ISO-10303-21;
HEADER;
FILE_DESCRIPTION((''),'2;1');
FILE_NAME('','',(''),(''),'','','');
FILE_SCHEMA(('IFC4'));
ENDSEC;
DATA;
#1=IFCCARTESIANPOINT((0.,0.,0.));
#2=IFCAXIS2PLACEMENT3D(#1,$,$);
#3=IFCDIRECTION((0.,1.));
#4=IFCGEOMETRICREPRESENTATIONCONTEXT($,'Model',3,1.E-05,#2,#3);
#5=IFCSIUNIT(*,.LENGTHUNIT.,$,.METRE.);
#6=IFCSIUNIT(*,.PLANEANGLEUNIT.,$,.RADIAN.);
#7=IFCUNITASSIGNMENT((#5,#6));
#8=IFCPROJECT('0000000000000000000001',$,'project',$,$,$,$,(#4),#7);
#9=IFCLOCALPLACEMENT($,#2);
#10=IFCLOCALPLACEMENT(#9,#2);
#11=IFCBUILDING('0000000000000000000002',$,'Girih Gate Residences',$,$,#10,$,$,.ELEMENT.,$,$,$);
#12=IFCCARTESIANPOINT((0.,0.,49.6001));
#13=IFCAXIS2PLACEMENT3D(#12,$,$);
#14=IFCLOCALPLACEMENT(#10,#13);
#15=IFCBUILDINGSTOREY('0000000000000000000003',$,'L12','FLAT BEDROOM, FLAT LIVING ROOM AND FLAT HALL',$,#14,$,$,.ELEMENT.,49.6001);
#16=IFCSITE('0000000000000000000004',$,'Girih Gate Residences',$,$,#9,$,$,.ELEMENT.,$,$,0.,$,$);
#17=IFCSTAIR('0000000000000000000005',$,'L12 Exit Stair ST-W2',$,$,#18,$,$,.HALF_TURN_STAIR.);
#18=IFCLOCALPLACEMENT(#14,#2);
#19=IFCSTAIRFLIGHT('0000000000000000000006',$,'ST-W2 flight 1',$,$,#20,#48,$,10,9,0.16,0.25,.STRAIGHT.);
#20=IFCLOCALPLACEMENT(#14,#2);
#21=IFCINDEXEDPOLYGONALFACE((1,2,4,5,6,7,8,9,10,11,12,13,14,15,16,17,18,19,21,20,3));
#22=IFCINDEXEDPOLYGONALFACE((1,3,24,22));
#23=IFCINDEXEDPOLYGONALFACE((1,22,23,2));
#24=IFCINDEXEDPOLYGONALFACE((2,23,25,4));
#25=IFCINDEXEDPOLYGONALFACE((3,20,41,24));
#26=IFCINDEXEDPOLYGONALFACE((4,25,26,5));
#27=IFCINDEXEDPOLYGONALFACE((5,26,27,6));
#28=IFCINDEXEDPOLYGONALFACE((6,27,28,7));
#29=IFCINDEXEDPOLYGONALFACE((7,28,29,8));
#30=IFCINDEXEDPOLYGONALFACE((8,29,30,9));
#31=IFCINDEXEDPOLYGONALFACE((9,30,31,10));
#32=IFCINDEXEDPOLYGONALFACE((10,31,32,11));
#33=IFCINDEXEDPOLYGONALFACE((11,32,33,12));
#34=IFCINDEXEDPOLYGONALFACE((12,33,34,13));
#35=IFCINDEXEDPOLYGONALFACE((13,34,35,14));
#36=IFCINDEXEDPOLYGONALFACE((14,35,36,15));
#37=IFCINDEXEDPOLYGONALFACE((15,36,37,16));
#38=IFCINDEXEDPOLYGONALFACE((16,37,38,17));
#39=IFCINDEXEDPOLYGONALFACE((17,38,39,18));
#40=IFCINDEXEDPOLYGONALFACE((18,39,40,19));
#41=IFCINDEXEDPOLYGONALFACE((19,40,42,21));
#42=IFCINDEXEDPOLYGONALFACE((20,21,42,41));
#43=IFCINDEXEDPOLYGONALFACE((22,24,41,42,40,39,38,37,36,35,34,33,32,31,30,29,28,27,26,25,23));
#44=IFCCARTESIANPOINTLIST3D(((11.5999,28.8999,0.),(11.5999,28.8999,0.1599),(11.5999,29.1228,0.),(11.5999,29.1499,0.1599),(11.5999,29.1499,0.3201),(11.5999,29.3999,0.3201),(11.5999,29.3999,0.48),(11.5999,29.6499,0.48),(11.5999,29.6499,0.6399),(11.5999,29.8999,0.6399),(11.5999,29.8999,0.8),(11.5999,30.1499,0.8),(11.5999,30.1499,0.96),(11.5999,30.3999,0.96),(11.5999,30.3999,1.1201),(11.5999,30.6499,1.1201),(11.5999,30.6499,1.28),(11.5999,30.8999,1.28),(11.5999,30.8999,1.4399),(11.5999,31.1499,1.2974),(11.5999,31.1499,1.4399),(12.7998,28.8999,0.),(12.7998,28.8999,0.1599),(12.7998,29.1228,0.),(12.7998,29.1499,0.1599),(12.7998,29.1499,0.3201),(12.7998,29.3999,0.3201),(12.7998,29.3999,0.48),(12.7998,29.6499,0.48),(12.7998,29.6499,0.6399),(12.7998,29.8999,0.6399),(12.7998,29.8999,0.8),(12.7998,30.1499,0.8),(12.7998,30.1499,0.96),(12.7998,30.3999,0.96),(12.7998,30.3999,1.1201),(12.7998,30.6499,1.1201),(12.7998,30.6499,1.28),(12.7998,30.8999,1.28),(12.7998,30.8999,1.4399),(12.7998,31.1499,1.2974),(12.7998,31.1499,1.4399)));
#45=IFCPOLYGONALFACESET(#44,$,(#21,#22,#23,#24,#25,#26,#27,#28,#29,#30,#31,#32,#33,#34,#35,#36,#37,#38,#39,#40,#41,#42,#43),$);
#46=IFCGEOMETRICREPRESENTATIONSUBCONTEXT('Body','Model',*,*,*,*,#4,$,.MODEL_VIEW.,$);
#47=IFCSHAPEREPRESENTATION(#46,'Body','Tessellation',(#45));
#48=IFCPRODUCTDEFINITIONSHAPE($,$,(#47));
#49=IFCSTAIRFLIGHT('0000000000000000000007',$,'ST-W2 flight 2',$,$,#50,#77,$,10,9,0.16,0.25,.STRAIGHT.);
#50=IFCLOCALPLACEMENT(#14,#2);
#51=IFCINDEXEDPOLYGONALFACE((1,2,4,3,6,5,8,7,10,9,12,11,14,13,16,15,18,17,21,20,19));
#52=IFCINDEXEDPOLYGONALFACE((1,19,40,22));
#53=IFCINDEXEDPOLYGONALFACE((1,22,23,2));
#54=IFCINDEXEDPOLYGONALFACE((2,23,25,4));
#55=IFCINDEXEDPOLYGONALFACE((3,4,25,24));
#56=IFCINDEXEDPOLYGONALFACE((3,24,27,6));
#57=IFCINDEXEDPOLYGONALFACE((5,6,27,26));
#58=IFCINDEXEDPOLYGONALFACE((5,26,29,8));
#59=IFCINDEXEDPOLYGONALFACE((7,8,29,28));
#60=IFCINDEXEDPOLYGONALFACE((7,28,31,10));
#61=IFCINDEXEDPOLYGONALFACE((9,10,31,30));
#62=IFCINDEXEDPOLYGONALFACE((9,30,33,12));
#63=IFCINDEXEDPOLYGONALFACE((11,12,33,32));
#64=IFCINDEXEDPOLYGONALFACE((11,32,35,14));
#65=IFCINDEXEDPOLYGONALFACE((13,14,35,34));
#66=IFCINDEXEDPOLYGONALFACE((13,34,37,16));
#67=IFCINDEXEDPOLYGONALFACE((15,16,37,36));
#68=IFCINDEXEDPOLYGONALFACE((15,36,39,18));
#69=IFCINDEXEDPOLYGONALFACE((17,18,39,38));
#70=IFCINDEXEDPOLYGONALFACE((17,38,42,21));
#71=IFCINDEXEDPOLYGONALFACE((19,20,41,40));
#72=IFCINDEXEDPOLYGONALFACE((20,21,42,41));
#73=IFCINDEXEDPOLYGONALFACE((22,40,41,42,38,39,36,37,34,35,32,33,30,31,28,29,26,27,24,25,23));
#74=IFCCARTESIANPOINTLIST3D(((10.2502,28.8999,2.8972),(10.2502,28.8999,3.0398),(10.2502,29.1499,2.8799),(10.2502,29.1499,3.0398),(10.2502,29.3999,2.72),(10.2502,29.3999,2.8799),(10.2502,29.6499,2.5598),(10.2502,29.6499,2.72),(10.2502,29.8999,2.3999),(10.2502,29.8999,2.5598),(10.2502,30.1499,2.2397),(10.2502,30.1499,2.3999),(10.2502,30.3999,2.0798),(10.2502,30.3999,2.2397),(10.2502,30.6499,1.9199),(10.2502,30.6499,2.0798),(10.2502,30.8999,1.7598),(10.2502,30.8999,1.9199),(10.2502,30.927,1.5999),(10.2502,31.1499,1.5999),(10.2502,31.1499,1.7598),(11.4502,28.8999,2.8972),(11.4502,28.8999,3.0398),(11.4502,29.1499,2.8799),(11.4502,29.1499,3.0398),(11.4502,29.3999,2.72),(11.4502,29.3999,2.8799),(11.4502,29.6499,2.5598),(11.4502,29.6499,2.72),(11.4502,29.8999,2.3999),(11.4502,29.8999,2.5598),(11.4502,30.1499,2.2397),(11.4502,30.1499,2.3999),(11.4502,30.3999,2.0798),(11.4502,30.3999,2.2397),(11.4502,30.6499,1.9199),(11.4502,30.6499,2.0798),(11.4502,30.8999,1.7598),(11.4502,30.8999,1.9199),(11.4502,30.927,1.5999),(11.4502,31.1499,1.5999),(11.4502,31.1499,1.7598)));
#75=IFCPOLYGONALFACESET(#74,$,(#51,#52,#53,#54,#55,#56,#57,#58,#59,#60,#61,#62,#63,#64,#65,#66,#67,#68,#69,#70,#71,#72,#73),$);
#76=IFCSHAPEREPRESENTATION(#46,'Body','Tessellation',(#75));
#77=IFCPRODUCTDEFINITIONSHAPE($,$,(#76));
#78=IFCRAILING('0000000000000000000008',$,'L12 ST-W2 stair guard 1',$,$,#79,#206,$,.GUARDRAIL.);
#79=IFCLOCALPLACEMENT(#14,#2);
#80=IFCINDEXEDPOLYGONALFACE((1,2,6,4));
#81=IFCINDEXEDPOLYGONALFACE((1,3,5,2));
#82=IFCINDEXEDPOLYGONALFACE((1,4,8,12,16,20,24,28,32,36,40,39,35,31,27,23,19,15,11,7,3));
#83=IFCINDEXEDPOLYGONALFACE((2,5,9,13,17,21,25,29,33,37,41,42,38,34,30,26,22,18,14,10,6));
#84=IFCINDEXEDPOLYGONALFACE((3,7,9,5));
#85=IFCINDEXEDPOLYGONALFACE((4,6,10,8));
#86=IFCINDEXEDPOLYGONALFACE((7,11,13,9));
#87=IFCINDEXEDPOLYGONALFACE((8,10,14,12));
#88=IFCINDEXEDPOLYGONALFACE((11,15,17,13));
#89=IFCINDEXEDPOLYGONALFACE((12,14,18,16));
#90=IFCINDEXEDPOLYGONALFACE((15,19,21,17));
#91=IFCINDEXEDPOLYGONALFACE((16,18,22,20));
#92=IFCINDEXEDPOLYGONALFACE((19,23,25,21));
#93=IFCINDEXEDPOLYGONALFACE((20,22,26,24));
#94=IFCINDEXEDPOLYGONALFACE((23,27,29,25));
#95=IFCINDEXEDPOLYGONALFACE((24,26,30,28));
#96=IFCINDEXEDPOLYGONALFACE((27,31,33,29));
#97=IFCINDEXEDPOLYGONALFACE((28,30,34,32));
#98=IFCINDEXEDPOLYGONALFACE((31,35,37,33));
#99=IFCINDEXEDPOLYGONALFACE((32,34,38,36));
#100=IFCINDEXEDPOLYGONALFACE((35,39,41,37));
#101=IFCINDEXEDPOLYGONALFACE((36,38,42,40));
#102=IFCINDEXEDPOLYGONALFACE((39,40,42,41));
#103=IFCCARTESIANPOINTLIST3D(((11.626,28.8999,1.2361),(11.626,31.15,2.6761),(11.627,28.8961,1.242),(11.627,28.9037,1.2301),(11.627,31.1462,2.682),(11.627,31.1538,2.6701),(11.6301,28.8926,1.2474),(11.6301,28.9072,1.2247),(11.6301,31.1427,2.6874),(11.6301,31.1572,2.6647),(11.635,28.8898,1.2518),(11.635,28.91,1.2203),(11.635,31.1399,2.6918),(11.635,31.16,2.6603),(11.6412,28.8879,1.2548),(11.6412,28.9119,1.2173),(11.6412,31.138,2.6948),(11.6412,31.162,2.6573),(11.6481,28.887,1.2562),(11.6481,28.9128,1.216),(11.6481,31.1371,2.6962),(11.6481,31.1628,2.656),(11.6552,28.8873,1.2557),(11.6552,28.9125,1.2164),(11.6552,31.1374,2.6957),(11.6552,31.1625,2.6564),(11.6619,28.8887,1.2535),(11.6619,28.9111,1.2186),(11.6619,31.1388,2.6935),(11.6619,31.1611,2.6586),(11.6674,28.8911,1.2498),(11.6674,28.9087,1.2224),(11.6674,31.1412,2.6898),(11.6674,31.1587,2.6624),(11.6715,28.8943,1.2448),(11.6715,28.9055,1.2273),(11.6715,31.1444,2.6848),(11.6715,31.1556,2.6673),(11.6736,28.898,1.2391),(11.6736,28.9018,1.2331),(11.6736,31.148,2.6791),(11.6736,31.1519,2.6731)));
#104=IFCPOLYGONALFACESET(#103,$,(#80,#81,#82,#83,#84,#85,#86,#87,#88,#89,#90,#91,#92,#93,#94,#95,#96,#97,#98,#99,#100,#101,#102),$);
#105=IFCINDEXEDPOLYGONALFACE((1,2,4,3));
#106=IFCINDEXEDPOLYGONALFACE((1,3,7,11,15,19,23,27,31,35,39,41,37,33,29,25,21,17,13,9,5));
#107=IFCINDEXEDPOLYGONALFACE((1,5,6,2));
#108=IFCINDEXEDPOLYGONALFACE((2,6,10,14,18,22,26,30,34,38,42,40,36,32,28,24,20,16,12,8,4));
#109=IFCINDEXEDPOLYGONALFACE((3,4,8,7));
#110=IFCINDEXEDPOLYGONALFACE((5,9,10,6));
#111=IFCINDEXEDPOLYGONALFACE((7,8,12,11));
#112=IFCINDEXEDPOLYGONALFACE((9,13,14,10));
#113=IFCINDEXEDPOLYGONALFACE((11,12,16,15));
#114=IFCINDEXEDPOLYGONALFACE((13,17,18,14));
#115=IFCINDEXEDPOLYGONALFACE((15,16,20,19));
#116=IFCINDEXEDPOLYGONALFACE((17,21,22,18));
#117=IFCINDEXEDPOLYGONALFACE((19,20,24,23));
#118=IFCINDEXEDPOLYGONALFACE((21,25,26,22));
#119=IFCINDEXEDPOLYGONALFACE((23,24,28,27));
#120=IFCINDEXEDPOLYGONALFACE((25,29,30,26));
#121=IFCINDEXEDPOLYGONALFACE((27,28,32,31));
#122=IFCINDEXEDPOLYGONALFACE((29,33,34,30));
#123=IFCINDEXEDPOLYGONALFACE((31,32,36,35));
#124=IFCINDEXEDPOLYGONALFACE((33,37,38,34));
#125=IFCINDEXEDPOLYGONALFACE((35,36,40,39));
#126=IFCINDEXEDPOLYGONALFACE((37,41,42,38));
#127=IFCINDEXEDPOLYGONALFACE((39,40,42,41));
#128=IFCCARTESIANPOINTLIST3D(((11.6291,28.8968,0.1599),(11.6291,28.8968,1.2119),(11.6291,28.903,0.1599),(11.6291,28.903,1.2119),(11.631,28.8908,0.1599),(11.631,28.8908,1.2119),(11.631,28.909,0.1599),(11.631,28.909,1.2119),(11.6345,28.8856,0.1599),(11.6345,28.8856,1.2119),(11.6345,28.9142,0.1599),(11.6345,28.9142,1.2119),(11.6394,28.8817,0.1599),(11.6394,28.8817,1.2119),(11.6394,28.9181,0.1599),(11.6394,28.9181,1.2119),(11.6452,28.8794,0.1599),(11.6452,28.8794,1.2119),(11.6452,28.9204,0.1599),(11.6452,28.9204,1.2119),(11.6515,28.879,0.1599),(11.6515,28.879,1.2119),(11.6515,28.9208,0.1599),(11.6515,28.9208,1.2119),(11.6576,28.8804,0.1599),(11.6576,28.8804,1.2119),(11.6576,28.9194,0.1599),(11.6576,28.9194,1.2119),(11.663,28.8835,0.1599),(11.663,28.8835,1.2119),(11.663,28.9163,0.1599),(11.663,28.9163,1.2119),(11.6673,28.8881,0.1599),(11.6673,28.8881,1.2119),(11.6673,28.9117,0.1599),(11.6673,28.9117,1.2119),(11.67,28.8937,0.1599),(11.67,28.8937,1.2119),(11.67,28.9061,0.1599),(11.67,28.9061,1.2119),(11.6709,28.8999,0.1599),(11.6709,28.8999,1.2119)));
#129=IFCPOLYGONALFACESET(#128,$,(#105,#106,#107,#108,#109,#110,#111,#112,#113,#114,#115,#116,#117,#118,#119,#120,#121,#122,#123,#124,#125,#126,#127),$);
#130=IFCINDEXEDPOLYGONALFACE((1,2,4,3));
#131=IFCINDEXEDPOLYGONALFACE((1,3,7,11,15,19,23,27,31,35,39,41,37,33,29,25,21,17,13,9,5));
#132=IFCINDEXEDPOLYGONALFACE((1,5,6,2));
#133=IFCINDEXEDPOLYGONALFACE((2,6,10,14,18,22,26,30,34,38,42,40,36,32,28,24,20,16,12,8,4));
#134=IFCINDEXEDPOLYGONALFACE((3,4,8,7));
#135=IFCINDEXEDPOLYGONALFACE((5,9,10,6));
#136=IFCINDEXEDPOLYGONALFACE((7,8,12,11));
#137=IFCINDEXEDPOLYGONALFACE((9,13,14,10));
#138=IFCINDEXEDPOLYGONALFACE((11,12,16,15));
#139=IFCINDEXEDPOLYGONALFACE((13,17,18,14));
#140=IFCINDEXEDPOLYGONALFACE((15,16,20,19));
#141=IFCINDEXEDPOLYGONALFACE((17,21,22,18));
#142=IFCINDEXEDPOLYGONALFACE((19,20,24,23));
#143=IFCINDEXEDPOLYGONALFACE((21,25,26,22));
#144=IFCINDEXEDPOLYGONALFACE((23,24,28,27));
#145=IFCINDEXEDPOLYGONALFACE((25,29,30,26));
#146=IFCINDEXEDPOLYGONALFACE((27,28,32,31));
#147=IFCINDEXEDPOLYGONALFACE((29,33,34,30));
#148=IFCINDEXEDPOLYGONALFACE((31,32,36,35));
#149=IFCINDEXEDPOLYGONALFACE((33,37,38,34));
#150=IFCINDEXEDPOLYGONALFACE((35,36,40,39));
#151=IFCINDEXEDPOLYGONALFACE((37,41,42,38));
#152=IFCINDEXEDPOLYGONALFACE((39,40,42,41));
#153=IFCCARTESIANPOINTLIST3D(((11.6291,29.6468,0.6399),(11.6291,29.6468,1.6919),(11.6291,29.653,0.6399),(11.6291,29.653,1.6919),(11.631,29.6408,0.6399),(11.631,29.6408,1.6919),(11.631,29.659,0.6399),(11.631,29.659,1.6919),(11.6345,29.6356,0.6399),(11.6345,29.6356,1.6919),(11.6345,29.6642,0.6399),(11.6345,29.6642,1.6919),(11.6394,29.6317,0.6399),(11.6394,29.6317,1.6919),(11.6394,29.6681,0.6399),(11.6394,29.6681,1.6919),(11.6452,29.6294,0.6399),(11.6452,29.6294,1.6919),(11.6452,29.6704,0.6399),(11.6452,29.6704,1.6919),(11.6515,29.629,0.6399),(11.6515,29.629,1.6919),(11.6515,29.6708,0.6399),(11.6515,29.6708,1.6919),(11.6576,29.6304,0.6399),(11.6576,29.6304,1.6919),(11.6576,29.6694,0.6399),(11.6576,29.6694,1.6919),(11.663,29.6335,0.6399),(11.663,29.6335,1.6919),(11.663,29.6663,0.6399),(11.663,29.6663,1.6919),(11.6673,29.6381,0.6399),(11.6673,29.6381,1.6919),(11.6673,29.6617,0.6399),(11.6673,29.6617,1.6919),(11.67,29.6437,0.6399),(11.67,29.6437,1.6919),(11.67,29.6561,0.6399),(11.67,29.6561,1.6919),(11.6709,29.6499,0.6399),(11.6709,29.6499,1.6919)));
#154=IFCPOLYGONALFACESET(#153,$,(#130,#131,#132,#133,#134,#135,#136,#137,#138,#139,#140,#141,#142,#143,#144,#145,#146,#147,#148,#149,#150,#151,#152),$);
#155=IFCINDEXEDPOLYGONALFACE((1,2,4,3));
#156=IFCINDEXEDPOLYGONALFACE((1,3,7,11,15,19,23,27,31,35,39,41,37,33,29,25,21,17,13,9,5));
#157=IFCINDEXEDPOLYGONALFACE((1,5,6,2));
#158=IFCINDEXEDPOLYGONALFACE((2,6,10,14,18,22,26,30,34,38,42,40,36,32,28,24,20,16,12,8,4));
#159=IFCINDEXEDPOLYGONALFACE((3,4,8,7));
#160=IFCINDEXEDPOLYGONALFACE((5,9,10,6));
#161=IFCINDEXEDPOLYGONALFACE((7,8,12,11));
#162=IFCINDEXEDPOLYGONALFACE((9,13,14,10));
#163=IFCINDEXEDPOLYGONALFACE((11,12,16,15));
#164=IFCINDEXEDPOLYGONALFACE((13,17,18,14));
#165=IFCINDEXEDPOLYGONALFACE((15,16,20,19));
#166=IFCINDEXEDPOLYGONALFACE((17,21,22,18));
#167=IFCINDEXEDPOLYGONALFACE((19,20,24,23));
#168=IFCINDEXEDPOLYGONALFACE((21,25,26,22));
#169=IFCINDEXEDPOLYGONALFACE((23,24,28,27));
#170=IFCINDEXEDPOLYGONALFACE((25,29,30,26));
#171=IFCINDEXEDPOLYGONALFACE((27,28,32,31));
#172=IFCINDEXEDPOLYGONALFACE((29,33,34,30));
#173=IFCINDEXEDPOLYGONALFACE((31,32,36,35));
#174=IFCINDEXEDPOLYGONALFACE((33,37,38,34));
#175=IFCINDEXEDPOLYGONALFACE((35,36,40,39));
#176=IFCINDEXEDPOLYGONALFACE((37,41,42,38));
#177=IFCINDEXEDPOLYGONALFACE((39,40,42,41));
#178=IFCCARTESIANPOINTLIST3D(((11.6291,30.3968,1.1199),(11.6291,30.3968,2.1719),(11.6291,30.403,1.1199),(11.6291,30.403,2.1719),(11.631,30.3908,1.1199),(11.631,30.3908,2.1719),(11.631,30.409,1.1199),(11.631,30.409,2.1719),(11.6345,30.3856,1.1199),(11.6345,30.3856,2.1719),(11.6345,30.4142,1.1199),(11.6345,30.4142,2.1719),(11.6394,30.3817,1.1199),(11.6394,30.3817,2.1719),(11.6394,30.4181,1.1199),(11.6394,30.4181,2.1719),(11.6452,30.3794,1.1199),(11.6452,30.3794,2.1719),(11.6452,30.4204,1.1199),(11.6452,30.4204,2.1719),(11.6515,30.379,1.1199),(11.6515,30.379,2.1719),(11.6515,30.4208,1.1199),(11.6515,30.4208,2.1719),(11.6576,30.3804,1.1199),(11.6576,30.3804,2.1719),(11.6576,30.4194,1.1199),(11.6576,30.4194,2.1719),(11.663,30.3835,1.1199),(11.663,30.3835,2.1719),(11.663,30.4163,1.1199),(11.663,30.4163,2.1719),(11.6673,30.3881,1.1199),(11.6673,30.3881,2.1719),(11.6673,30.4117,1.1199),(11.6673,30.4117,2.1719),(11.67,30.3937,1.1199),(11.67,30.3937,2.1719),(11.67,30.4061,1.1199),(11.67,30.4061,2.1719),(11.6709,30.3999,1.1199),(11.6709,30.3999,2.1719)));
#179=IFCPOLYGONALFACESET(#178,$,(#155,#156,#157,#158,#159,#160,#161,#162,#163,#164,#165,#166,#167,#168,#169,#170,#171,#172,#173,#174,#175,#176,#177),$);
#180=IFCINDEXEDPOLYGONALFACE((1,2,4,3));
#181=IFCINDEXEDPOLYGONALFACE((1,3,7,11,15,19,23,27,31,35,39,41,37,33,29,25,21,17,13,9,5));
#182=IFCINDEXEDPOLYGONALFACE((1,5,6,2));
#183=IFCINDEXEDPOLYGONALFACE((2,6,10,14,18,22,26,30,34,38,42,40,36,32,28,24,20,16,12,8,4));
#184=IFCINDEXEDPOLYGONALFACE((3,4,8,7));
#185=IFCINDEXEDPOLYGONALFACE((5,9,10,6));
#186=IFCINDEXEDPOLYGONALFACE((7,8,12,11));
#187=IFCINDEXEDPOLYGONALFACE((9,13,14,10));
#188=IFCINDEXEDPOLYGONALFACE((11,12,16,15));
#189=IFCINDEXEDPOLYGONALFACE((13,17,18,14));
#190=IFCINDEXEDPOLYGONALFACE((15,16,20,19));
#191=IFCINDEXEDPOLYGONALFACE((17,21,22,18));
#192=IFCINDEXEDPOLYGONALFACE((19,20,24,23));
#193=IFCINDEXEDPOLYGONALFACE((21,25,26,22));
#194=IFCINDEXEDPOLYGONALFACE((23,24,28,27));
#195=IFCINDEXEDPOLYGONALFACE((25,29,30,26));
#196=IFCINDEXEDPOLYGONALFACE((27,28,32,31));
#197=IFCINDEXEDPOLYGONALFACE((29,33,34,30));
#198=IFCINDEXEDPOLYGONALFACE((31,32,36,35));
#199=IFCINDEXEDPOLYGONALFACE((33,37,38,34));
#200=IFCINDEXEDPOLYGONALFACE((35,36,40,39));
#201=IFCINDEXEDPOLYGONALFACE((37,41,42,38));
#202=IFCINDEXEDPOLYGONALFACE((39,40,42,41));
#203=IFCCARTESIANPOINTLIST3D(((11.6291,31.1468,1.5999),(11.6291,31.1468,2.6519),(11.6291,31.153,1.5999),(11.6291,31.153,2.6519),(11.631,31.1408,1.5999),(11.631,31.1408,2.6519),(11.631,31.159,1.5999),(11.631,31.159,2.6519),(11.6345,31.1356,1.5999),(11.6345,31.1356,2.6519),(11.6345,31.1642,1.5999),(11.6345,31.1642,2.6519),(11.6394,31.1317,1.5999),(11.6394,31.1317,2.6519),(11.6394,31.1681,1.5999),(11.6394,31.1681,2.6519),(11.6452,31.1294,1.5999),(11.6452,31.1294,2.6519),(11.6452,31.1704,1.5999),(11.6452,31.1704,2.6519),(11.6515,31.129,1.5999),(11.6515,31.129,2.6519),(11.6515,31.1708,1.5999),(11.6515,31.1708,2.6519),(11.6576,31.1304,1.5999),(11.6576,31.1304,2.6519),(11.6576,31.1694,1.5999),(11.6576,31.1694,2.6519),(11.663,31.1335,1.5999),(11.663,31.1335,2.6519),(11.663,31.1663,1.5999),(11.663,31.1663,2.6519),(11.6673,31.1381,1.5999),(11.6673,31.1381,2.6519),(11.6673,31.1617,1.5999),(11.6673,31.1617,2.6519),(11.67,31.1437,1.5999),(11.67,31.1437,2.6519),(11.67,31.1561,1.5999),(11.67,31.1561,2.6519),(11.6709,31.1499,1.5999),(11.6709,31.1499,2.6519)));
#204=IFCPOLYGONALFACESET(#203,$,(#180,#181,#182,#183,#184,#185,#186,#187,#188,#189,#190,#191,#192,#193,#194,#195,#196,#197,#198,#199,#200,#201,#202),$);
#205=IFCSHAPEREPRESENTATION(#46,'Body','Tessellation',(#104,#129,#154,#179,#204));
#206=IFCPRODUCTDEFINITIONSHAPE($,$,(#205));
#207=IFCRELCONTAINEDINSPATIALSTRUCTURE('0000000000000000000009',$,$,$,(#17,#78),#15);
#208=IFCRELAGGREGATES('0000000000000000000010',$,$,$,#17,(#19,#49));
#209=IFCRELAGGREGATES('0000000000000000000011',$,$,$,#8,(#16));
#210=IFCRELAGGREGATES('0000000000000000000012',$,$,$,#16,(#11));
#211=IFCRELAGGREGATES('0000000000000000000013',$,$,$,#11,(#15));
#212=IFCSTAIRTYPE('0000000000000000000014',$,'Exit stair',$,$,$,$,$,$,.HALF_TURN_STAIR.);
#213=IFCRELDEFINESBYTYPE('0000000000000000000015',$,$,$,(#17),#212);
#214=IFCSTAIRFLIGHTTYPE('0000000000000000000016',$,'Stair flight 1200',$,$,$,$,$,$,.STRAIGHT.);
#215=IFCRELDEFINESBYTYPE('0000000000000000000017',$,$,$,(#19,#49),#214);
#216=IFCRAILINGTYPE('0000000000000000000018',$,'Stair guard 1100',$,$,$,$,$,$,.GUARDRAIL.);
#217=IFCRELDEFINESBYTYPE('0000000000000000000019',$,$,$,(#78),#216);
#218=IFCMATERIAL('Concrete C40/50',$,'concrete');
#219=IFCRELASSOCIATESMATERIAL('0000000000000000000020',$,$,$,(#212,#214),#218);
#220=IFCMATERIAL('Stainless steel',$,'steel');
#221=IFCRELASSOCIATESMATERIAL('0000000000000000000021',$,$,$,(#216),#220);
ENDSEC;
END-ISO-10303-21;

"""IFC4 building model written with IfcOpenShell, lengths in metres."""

from ifc_helpers import new_model, si_unit, direction, frame, origin, origin_2d, place, context, subcontext, project, spatial, polyline, circle, outline, extrude, material, type_object, element, aggregate, save


model = new_model("IFC4")

# Units and contexts
model_context = context("Model", 3, precision=1e-05, world=origin(), true_north=direction((0.0, 1.0)))
body_context = subcontext(model_context, "Body", "Model", "MODEL_VIEW")
ifc_project = project(units=[si_unit("LENGTHUNIT", "METRE"), si_unit("PLANEANGLEUNIT", "RADIAN")], contexts=[model_context])

# Site, building, storey
site_placement = place(None, origin())
site = spatial("IfcSite", under=ifc_project, at=site_placement, Name="Girih Gate Residences", CompositionType="ELEMENT", RefElevation=0.0)
building_placement = place(site_placement, origin())
building = spatial("IfcBuilding", under=site, at=building_placement, Name="Girih Gate Residences", CompositionType="ELEMENT")
storey_placement = place(building_placement, frame((0.0, 0.0, 49.6001)))
storey = spatial("IfcBuildingStorey", under=building, at=storey_placement, Name="L12", Description="FLAT BEDROOM, FLAT LIVING ROOM AND FLAT HALL", CompositionType="ELEMENT", Elevation=49.6001)

# Shared definitions
ifc_material_1 = material(Name="Concrete C40/50", Category="concrete")

# Stair, stair flights
stair_type = type_object("IfcStairType", Name="Exit stair", PredefinedType="HALF_TURN_STAIR", material=ifc_material_1)
stair_placement = place(storey_placement, origin())
stair = element("IfcStair", 1, at=stair_placement, inside=storey, type_object=stair_type, Name="L12 Exit Stair ST-W2", PredefinedType="HALF_TURN_STAIR")
stair_flight_type = type_object("IfcStairFlightType", Name="Stair flight 1200", PredefinedType="STRAIGHT", material=ifc_material_1)
stair_flight_1_placement = place(storey_placement, frame((12.2, 28.8999, 0.0), z_axis=(0.0, 0.0, 1.0), x_axis=(0.0, 1.0, 0.0)))
stair_flight_1 = element("IfcStairFlight", 2, at=stair_flight_1_placement, type_object=stair_flight_type, Name="ST-W2 flight 1", NumberOfRisers=10, NumberOfTreads=9, PredefinedType="STRAIGHT", RiserHeight=0.16, TreadLength=0.25, context=body_context, shape_type="SweptSolid", body=[
    extrude(outline(polyline([(0.0, 0.0), (0.0, 0.1599), (0.25, 0.1599), (0.25, 0.3201), (0.5, 0.3201), (0.5, 0.48), (0.75, 0.48), (0.75, 0.6399), (1.0, 0.6399), (1.0, 0.8), (1.25, 0.8), (1.25, 0.96), (1.5, 0.96), (1.5, 1.1201), (1.75, 1.1201), (1.75, 1.28), (2.0, 1.28), (2.0, 1.4399), (2.25, 1.4399), (2.25, 1.6001), (2.25, 1.2974), (0.2229, 0.0), (0.0, 0.0)])), frame((0.0, 0.6001, 0.0), z_axis=(0.0, -1.0, 0.0), x_axis=(1.0, 0.0, 0.0)), (0.0, 0.0, 1.0), 1.2),
])
stair_flight_2_placement = place(storey_placement, frame((10.8501, 31.1499, 1.5999), z_axis=(0.0, 0.0, 1.0), x_axis=(0.0, -1.0, 0.0)))
stair_flight_2 = element("IfcStairFlight", 3, at=stair_flight_2_placement, type_object=stair_flight_type, Name="ST-W2 flight 2", NumberOfRisers=10, NumberOfTreads=9, PredefinedType="STRAIGHT", RiserHeight=0.16, TreadLength=0.25, context=body_context, shape_type="SweptSolid", body=[
    extrude(outline(polyline([(0.0, 0.0), (0.0, 0.1599), (0.25, 0.1599), (0.25, 0.3201), (0.5, 0.3201), (0.5, 0.48), (0.75, 0.48), (0.75, 0.6399), (1.0, 0.6399), (1.0, 0.8), (1.25, 0.8), (1.25, 0.96), (1.5, 0.96), (1.5, 1.1201), (1.75, 1.1201), (1.75, 1.28), (2.0, 1.28), (2.0, 1.4399), (2.25, 1.4399), (2.25, 1.6001), (2.25, 1.2974), (0.2229, 0.0), (0.0, 0.0)])), frame((0.0, 0.6001, 0.0), z_axis=(0.0, -1.0, 0.0), x_axis=(1.0, 0.0, 0.0)), (0.0, 0.0, 1.0), 1.2),
])
aggregate(stair, [stair_flight_1, stair_flight_2])

# Railing
ifc_material_2 = material(Name="Stainless steel", Category="steel")
railing_type_1 = type_object("IfcRailingType", Name="Stair guard 1100", PredefinedType="GUARDRAIL", material=ifc_material_2)
railing_1_placement = place(storey_placement, frame((11.6499, 28.8999, 0.1599)))
element("IfcRailing", 4, at=railing_1_placement, inside=storey, type_object=railing_type_1, Name="L12 ST-W2 stair guard 1", PredefinedType="GUARDRAIL", context=body_context, shape_type="SweptSolid", body=[
    extrude(circle(Radius=0.0239, at=origin_2d()), frame((0.0, 0.0, 1.0762), z_axis=(0.0, 0.842281, 0.539038), x_axis=(-1.0, 0.0, 0.0)), (0.0, 0.0, 1.0), 2.6714),
    extrude(circle(Radius=0.021, at=origin_2d()), origin(), (0.0, 0.0, 1.0), 1.052),
    extrude(circle(Radius=0.021, at=origin_2d()), frame((0.0, 0.75, 0.48)), (0.0, 0.0, 1.0), 1.052),
    extrude(circle(Radius=0.021, at=origin_2d()), frame((0.0, 1.5, 0.96)), (0.0, 0.0, 1.0), 1.052),
    extrude(circle(Radius=0.021, at=origin_2d()), frame((0.0, 2.25, 1.4399)), (0.0, 0.0, 1.0), 1.052),
])

save(model, "model.ifc")
